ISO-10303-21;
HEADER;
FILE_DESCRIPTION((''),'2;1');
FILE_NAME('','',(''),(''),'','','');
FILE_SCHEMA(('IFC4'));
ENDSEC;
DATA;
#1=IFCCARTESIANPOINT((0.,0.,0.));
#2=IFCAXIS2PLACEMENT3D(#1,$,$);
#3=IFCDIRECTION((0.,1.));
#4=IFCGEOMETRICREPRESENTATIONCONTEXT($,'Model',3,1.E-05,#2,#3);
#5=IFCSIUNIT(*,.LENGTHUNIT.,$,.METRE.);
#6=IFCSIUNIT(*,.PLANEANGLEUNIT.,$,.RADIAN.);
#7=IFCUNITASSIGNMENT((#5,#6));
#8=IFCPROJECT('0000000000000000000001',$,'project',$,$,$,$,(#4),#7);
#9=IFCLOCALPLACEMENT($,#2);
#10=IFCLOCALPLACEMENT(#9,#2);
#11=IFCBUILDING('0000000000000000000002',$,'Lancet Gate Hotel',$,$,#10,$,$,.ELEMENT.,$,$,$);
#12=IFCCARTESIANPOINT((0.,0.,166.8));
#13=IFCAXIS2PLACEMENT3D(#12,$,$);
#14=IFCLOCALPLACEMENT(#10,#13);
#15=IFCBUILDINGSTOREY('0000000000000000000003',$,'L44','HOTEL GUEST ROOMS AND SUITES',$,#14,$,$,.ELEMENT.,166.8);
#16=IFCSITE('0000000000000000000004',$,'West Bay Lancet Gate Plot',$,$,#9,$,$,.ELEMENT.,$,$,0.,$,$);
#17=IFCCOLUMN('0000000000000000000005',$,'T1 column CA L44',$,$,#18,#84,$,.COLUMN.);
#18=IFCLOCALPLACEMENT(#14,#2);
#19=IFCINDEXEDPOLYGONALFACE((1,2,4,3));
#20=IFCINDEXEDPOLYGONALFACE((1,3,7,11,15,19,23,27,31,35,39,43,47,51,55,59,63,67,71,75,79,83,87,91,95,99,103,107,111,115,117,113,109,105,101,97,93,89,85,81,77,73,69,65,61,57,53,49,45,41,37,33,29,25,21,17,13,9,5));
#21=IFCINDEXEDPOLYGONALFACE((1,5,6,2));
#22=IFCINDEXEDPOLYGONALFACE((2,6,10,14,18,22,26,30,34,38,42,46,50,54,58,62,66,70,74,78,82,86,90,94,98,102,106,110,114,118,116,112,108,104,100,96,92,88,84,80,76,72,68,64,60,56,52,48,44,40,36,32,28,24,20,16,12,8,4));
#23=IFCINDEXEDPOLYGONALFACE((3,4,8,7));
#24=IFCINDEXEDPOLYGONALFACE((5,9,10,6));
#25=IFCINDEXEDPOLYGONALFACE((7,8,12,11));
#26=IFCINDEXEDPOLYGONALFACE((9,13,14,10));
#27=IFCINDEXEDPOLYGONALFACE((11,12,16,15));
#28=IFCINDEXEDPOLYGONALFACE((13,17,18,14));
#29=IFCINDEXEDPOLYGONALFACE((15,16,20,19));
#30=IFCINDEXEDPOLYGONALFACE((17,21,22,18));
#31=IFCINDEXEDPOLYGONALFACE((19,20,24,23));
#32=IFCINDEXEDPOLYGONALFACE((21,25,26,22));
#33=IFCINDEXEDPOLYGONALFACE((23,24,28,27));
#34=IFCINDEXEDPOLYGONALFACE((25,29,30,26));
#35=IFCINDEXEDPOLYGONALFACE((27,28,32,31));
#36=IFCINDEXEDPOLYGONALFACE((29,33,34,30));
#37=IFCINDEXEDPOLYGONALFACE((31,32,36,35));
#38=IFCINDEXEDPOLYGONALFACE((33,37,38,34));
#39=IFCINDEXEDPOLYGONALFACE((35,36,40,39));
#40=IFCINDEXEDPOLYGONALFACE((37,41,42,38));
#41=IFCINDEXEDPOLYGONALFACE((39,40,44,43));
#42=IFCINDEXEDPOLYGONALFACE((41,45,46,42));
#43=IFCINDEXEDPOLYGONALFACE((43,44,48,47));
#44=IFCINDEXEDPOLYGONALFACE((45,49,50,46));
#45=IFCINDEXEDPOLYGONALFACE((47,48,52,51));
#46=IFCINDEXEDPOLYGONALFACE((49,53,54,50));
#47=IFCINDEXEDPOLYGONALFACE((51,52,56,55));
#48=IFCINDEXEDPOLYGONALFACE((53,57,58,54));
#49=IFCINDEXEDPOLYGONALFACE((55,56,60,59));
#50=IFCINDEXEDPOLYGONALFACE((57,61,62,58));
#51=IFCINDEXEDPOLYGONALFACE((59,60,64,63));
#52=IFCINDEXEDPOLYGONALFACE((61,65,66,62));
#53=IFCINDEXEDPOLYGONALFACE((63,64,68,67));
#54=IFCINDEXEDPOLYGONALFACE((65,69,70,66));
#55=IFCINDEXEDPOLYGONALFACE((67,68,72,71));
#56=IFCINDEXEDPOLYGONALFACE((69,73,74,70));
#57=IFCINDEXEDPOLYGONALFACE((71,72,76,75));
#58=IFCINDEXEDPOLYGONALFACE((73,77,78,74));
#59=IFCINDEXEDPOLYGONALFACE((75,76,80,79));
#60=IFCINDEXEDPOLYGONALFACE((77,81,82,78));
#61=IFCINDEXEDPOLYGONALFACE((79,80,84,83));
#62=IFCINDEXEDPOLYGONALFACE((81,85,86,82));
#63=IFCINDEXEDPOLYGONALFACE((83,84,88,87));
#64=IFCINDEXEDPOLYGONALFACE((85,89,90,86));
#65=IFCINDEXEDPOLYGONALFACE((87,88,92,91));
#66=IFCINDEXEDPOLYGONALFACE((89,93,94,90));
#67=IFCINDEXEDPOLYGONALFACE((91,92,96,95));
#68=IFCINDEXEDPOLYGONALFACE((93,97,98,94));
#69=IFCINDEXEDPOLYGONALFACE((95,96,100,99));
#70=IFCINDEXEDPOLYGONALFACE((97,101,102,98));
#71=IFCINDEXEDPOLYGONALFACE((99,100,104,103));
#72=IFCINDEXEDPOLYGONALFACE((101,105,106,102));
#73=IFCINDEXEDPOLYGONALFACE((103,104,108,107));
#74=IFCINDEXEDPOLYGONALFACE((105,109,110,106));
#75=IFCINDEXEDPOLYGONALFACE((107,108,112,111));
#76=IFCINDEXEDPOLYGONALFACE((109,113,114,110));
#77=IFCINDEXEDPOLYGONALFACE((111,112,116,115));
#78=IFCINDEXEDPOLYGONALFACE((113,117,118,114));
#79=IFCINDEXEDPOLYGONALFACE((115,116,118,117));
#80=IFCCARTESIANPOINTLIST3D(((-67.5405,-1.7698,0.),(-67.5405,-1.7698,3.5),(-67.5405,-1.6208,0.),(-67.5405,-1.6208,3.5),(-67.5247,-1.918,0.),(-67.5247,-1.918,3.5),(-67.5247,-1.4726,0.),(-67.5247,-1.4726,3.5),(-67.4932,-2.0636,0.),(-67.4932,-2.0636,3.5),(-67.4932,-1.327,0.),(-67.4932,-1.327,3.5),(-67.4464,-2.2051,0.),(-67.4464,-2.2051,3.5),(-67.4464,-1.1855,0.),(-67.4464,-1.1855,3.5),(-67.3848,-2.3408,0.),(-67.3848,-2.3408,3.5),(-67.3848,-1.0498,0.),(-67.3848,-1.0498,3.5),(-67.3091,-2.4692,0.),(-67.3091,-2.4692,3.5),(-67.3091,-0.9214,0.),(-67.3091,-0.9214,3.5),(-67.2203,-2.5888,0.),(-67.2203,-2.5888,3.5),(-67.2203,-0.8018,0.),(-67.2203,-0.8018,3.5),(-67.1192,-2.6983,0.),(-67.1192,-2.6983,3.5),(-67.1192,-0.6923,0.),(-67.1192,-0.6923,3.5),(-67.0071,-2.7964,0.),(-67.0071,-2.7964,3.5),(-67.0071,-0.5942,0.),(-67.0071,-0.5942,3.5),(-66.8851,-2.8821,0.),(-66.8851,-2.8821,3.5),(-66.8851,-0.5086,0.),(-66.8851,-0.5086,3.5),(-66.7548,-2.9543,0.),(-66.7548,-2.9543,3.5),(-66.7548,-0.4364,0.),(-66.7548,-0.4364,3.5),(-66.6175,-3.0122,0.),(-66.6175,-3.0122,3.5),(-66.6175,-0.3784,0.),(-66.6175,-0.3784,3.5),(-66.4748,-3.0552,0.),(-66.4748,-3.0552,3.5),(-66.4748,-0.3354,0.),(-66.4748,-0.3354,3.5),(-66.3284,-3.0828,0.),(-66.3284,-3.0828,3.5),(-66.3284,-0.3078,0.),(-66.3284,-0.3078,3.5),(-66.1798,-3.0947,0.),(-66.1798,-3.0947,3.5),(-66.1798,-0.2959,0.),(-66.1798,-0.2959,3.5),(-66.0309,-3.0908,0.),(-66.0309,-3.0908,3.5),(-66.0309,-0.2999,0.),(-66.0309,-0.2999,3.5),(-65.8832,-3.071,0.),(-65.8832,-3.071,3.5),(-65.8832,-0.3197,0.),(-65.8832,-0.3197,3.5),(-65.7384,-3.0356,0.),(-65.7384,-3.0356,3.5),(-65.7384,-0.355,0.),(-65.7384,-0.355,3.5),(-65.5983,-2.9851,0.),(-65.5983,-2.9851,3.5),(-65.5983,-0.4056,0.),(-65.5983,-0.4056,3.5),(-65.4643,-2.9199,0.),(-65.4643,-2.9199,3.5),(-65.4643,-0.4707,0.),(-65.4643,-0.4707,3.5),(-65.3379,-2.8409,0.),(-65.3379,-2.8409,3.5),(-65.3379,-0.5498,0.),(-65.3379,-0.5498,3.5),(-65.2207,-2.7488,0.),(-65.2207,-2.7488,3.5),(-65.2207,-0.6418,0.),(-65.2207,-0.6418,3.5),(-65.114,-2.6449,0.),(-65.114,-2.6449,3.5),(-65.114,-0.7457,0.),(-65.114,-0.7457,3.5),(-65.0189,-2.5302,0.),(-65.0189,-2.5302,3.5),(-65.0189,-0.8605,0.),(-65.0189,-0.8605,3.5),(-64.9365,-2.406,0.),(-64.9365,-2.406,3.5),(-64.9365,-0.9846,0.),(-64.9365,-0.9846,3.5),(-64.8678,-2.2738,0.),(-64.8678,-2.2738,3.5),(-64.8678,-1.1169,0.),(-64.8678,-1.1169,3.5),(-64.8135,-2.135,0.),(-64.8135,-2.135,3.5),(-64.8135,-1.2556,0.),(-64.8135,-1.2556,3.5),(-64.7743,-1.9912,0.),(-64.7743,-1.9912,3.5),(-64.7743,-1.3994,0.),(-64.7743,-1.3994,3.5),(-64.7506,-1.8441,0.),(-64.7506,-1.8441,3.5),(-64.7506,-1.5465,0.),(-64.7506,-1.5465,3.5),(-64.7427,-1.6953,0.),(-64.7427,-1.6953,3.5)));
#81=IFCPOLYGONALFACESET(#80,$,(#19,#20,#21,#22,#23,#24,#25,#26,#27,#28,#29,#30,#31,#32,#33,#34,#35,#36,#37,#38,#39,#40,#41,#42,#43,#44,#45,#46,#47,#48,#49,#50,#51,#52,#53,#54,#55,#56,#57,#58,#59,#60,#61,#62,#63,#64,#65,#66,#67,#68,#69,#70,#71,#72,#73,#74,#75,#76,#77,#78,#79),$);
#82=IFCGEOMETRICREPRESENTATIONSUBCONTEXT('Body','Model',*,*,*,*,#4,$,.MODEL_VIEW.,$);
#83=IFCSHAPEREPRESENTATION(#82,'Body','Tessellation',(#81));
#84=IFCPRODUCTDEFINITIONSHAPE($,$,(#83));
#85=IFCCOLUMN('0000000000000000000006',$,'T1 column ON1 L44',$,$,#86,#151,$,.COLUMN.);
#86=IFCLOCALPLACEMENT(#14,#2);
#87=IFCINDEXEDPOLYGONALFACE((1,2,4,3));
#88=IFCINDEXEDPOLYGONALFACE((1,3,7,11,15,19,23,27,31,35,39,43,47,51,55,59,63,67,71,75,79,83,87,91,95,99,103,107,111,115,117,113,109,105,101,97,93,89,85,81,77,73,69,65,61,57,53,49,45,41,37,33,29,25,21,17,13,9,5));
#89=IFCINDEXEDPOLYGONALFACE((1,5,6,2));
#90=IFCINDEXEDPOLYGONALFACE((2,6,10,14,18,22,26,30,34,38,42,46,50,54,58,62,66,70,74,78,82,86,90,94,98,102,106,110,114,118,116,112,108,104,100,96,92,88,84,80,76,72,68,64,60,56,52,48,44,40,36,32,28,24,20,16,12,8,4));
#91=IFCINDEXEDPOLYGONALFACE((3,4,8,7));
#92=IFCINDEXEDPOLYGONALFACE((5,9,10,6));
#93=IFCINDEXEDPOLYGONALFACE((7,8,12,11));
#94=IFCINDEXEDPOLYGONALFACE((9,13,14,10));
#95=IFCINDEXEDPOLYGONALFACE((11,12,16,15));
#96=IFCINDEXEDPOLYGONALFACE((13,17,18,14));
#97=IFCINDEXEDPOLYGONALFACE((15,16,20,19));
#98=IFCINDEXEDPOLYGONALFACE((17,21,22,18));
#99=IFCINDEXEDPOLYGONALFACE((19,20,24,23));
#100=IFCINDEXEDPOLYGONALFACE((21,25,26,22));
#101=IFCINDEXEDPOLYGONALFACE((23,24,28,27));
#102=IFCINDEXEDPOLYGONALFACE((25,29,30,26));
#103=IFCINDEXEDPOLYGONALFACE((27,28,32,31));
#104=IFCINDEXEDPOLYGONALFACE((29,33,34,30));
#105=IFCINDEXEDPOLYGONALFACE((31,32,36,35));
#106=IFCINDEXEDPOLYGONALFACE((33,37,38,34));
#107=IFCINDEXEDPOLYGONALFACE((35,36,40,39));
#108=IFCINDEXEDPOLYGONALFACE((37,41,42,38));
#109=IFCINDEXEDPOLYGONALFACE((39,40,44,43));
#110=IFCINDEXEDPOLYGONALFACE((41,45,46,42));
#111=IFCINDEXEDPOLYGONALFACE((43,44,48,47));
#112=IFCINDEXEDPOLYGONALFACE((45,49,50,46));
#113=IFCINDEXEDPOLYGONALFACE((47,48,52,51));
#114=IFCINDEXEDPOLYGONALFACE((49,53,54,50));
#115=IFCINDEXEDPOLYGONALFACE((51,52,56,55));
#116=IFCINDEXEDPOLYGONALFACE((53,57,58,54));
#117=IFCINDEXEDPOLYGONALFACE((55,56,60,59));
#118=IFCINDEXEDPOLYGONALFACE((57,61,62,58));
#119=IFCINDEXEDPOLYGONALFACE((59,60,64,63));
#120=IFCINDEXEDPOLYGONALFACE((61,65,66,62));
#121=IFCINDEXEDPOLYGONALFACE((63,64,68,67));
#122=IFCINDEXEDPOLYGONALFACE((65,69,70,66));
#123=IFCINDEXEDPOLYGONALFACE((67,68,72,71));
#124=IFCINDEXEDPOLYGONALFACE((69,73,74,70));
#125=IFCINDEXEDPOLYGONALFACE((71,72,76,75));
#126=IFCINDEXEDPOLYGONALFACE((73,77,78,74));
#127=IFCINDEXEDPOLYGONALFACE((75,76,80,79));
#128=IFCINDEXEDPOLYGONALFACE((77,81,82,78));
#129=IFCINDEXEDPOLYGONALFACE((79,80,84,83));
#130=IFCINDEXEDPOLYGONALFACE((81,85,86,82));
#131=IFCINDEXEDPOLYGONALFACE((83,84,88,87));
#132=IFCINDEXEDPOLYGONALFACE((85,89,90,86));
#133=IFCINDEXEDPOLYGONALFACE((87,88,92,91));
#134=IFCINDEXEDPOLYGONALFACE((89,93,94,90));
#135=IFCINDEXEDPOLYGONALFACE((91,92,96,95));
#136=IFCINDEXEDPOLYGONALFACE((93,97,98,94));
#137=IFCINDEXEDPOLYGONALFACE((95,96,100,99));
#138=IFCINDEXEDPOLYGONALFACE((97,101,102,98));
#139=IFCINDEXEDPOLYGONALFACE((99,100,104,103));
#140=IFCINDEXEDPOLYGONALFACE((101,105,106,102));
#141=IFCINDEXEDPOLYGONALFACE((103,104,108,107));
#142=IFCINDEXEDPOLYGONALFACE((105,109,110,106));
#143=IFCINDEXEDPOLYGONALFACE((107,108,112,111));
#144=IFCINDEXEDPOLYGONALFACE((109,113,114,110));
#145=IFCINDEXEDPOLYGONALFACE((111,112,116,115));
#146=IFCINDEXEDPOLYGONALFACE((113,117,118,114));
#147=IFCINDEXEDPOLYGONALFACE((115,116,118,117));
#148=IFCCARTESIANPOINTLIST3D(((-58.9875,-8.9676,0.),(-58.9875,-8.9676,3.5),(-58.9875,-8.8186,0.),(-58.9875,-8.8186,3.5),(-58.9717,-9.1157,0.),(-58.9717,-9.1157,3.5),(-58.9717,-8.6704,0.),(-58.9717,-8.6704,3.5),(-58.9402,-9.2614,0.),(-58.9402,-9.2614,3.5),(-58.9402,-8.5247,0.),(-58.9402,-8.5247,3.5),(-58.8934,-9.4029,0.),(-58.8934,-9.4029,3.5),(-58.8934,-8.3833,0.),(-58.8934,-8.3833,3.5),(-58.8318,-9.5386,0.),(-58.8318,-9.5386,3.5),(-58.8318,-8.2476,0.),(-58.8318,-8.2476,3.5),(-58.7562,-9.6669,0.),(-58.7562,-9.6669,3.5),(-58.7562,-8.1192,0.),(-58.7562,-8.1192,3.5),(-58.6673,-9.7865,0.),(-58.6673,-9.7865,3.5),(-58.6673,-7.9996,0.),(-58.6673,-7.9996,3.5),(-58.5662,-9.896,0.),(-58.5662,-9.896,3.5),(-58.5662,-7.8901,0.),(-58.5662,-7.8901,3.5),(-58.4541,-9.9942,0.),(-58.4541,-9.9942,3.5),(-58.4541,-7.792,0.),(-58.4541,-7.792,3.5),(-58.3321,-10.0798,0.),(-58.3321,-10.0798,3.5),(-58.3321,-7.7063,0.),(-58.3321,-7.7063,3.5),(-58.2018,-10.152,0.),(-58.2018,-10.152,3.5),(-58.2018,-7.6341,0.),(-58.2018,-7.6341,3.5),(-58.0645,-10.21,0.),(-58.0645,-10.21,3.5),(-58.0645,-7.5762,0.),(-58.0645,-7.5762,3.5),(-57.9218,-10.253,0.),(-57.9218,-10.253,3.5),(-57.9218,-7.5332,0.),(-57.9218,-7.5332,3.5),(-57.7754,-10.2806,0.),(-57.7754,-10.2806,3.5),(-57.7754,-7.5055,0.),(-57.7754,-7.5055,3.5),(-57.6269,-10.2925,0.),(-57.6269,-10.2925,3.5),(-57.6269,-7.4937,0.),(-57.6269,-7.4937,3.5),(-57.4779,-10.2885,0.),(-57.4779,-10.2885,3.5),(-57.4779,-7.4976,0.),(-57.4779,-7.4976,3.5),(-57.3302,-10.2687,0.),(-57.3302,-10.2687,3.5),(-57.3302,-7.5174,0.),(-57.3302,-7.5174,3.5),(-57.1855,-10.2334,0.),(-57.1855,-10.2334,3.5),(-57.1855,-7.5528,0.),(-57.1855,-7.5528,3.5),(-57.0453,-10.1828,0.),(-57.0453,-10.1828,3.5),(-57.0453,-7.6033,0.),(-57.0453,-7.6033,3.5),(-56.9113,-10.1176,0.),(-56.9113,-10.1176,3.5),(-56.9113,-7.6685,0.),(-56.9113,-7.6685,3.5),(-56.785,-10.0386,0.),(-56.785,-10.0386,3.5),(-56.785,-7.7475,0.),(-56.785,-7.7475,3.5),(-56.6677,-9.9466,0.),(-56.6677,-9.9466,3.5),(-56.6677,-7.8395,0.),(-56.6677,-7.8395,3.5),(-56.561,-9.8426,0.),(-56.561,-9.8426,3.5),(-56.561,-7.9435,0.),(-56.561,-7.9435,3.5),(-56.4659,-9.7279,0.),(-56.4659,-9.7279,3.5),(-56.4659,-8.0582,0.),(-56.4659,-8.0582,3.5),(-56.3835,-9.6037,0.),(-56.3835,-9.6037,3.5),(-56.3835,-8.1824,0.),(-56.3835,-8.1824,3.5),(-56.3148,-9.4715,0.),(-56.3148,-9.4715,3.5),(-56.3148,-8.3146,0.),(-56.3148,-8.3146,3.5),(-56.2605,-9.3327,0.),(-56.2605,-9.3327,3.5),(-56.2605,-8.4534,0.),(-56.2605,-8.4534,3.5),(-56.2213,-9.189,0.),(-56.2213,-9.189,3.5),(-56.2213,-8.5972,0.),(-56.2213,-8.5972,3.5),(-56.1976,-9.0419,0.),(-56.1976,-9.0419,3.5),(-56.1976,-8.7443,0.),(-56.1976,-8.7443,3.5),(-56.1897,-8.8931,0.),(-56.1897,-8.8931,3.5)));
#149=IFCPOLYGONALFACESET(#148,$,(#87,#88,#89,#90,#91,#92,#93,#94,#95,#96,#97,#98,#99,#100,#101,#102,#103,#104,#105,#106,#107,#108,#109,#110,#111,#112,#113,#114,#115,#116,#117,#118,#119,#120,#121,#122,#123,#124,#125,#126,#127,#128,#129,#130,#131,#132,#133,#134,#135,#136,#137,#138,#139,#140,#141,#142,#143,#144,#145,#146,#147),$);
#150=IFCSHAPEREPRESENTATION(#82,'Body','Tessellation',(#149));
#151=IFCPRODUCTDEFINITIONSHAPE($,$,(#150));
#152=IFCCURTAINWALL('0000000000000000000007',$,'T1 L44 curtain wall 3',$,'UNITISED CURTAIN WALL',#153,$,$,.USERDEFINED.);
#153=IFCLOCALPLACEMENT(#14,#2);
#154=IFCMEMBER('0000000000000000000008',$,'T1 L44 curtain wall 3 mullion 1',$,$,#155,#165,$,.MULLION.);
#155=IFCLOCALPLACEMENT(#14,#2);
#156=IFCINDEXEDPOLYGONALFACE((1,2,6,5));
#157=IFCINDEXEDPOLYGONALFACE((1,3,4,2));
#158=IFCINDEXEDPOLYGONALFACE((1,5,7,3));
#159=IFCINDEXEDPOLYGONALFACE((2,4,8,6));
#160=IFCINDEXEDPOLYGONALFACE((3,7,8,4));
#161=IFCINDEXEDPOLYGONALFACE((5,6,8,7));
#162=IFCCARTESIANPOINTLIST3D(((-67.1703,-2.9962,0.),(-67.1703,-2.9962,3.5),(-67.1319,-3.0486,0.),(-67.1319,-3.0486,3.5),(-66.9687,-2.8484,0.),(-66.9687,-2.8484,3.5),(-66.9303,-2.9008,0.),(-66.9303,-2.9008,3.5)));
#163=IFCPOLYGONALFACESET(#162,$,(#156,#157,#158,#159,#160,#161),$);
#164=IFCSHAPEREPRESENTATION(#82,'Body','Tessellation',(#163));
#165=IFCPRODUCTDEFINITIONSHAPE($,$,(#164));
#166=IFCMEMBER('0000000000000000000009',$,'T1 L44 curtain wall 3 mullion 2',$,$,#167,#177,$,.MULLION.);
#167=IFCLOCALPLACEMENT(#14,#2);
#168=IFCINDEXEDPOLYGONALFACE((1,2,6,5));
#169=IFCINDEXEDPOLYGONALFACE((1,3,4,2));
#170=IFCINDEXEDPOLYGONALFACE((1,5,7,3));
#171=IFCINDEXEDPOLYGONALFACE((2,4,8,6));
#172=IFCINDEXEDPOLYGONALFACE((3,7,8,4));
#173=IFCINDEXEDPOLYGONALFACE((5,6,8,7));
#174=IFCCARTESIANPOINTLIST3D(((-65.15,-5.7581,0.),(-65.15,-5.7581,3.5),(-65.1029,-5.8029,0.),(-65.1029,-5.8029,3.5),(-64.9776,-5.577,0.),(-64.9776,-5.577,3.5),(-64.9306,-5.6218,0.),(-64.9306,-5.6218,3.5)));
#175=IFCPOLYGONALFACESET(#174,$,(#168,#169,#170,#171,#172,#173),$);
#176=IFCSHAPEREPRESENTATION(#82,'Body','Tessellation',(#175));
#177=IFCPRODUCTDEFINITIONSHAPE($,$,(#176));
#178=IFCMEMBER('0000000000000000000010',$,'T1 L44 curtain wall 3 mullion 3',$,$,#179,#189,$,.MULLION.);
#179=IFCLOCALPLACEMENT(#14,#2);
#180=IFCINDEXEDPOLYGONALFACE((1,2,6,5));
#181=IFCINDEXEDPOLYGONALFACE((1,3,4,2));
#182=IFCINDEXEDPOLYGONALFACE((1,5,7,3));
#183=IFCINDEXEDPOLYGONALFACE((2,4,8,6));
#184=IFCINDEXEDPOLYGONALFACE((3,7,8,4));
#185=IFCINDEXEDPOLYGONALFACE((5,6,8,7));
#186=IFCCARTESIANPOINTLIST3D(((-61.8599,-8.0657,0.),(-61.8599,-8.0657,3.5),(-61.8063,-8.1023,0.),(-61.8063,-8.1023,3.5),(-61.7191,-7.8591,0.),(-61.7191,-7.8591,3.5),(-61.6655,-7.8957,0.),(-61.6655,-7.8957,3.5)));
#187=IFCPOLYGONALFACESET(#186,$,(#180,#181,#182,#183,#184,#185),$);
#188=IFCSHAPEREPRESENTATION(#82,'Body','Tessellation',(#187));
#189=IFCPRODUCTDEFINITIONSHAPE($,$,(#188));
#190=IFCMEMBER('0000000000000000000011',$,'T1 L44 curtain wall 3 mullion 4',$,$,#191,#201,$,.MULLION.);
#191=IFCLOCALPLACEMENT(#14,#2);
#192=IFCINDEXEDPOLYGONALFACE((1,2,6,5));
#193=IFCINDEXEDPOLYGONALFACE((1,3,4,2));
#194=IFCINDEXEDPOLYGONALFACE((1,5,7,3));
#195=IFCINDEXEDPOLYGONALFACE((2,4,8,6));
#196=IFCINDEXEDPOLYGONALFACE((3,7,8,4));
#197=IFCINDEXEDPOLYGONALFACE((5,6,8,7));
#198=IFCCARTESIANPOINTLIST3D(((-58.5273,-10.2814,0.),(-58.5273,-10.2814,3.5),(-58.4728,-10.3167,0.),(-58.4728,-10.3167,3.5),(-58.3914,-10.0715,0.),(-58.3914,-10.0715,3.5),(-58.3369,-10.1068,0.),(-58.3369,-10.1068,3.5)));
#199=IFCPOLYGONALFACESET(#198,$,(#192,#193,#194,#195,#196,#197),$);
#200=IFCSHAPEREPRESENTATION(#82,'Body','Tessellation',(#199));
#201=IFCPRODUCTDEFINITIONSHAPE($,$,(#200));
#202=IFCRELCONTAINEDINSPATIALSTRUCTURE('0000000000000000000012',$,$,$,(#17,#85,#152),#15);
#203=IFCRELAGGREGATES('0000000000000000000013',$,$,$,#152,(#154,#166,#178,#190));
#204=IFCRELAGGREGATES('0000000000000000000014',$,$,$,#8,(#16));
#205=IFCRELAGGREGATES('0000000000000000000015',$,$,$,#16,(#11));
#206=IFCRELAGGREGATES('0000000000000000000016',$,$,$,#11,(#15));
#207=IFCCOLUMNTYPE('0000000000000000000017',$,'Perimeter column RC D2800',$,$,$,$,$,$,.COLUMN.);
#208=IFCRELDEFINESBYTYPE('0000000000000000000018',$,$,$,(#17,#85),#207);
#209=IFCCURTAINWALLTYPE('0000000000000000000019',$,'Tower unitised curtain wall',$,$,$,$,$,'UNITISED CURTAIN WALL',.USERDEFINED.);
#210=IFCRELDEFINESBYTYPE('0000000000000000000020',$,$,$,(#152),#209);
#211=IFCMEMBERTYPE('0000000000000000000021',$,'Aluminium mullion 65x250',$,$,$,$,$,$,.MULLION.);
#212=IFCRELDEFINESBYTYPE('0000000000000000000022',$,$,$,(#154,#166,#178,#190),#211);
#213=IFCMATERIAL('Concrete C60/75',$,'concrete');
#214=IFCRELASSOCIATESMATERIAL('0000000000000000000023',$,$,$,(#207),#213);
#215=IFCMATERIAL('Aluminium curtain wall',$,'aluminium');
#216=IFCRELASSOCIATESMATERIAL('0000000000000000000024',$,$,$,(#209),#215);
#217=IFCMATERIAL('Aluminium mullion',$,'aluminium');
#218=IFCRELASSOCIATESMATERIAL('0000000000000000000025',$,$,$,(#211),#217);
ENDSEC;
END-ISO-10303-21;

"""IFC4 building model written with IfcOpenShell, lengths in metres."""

from ifc_helpers import new_model, si_unit, direction, frame, origin, origin_2d, place, context, subcontext, project, spatial, rectangle, circle, extrude, material, material_profile, profile_set, type_object, element, aggregate, save


model = new_model("IFC4")

# Units and contexts
model_context = context("Model", 3, precision=1e-05, world=origin(), true_north=direction((0.0, 1.0)))
body_context = subcontext(model_context, "Body", "Model", "MODEL_VIEW")
ifc_project = project(units=[si_unit("LENGTHUNIT", "METRE"), si_unit("PLANEANGLEUNIT", "RADIAN")], contexts=[model_context])

# Site, building, storey
site_placement = place(None, origin())
site = spatial("IfcSite", under=ifc_project, at=site_placement, Name="West Bay Lancet Gate Plot", CompositionType="ELEMENT", RefElevation=0.0)
building_placement = place(site_placement, origin())
building = spatial("IfcBuilding", under=site, at=building_placement, Name="Lancet Gate Hotel", CompositionType="ELEMENT")
storey_placement = place(building_placement, frame((0.0, 0.0, 166.8)))
storey = spatial("IfcBuildingStorey", under=building, at=storey_placement, Name="L44", Description="HOTEL GUEST ROOMS AND SUITES", CompositionType="ELEMENT", Elevation=166.8)

# Columns
ifc_material_1 = material(Name="Concrete C60/75", Category="concrete")
ifc_material_profile_1 = material_profile(ifc_material_1, circle(Radius=1.3999, at=origin_2d()), Name="RC D2800")
ifc_profile_set_1 = profile_set([ifc_material_profile_1], Name="Concrete C60/75")
column_type = type_object("IfcColumnType", Name="Perimeter column RC D2800", PredefinedType="COLUMN", material=ifc_profile_set_1)
for number, where, z_axis, x_axis, name in (
    (1, (-66.1426, -1.6953, 0.0), (0.0, 0.0, 1.0), (1.0, 0.0, 0.0), "T1 column CA L44"),
    (2, (-57.5896, -8.8931, 0.0), (0.0, 0.0, 1.0), (1.0, 0.0, 0.0), "T1 column ON1 L44"),
):
    element("IfcColumn", number, at=place(storey_placement, frame(where, z_axis=z_axis, x_axis=x_axis)), inside=storey, type_object=column_type, Name=name, PredefinedType="COLUMN", context=body_context, shape_type="SweptSolid", body=[
        extrude(circle(Radius=1.3999, at=origin_2d()), origin(), (0.0, 0.0, 1.0), 3.5),
    ])

# Curtain wall, members
ifc_material_2 = material(Name="Aluminium curtain wall", Category="aluminium")
curtain_wall_type = type_object("IfcCurtainWallType", Name="Tower unitised curtain wall", ElementType="UNITISED CURTAIN WALL", PredefinedType="USERDEFINED", material=ifc_material_2)
curtain_wall_placement = place(storey_placement, origin())
curtain_wall = element("IfcCurtainWall", 3, at=curtain_wall_placement, inside=storey, type_object=curtain_wall_type, Name="T1 L44 curtain wall 3", ObjectType="UNITISED CURTAIN WALL", PredefinedType="USERDEFINED")
ifc_material_3 = material(Name="Aluminium mullion", Category="aluminium")
ifc_material_profile_2 = material_profile(ifc_material_3, rectangle(XDim=0.0649, YDim=0.25, at=origin_2d()), Name="MULLION 65x250")
ifc_profile_set_2 = profile_set([ifc_material_profile_2], Name="Aluminium mullion")
member_type_1 = type_object("IfcMemberType", Name="Aluminium mullion 65x250", PredefinedType="MULLION", material=ifc_profile_set_2)
member_1_placement = place(storey_placement, frame((-67.0503, -2.9485, 0.0), z_axis=(0.0, 0.0, 1.0), x_axis=(0.5913, -0.806452, 0.0)))
member_1 = element("IfcMember", 4, at=member_1_placement, type_object=member_type_1, Name="T1 L44 curtain wall 3 mullion 1", PredefinedType="MULLION", context=body_context, shape_type="SweptSolid", body=[
    extrude(rectangle(XDim=0.0649, YDim=0.25, at=origin_2d()), origin(), (0.0, 0.0, 1.0), 3.5),
])
member_2_placement = place(storey_placement, frame((-65.0403, -5.6899, 0.0), z_axis=(0.0, 0.0, 1.0), x_axis=(0.724382, -0.689399, 0.0)))
member_2 = element("IfcMember", 5, at=member_2_placement, type_object=member_type_1, Name="T1 L44 curtain wall 3 mullion 2", PredefinedType="MULLION", context=body_context, shape_type="SweptSolid", body=[
    extrude(rectangle(XDim=0.0649, YDim=0.25, at=origin_2d()), origin(), (0.0, 0.0, 1.0), 3.5),
])
member_3_placement = place(storey_placement, frame((-61.7627, -7.9807, 0.0), z_axis=(0.0, 0.0, 1.0), x_axis=(0.826312, -0.563212, 0.0)))
member_3 = element("IfcMember", 6, at=member_3_placement, type_object=member_type_1, Name="T1 L44 curtain wall 3 mullion 3", PredefinedType="MULLION", context=body_context, shape_type="SweptSolid", body=[
    extrude(rectangle(XDim=0.0649, YDim=0.25, at=origin_2d()), origin(), (0.0, 0.0, 1.0), 3.5),
])
member_4_placement = place(storey_placement, frame((-58.4321, -10.1941, 0.0), z_axis=(0.0, 0.0, 1.0), x_axis=(0.839331, -0.543621, 0.0)))
member_4 = element("IfcMember", 7, at=member_4_placement, type_object=member_type_1, Name="T1 L44 curtain wall 3 mullion 4", PredefinedType="MULLION", context=body_context, shape_type="SweptSolid", body=[
    extrude(rectangle(XDim=0.0649, YDim=0.25, at=origin_2d()), origin(), (0.0, 0.0, 1.0), 3.5),
])

aggregate(curtain_wall, [member_1, member_2, member_3, member_4])

save(model, "model.ifc")
